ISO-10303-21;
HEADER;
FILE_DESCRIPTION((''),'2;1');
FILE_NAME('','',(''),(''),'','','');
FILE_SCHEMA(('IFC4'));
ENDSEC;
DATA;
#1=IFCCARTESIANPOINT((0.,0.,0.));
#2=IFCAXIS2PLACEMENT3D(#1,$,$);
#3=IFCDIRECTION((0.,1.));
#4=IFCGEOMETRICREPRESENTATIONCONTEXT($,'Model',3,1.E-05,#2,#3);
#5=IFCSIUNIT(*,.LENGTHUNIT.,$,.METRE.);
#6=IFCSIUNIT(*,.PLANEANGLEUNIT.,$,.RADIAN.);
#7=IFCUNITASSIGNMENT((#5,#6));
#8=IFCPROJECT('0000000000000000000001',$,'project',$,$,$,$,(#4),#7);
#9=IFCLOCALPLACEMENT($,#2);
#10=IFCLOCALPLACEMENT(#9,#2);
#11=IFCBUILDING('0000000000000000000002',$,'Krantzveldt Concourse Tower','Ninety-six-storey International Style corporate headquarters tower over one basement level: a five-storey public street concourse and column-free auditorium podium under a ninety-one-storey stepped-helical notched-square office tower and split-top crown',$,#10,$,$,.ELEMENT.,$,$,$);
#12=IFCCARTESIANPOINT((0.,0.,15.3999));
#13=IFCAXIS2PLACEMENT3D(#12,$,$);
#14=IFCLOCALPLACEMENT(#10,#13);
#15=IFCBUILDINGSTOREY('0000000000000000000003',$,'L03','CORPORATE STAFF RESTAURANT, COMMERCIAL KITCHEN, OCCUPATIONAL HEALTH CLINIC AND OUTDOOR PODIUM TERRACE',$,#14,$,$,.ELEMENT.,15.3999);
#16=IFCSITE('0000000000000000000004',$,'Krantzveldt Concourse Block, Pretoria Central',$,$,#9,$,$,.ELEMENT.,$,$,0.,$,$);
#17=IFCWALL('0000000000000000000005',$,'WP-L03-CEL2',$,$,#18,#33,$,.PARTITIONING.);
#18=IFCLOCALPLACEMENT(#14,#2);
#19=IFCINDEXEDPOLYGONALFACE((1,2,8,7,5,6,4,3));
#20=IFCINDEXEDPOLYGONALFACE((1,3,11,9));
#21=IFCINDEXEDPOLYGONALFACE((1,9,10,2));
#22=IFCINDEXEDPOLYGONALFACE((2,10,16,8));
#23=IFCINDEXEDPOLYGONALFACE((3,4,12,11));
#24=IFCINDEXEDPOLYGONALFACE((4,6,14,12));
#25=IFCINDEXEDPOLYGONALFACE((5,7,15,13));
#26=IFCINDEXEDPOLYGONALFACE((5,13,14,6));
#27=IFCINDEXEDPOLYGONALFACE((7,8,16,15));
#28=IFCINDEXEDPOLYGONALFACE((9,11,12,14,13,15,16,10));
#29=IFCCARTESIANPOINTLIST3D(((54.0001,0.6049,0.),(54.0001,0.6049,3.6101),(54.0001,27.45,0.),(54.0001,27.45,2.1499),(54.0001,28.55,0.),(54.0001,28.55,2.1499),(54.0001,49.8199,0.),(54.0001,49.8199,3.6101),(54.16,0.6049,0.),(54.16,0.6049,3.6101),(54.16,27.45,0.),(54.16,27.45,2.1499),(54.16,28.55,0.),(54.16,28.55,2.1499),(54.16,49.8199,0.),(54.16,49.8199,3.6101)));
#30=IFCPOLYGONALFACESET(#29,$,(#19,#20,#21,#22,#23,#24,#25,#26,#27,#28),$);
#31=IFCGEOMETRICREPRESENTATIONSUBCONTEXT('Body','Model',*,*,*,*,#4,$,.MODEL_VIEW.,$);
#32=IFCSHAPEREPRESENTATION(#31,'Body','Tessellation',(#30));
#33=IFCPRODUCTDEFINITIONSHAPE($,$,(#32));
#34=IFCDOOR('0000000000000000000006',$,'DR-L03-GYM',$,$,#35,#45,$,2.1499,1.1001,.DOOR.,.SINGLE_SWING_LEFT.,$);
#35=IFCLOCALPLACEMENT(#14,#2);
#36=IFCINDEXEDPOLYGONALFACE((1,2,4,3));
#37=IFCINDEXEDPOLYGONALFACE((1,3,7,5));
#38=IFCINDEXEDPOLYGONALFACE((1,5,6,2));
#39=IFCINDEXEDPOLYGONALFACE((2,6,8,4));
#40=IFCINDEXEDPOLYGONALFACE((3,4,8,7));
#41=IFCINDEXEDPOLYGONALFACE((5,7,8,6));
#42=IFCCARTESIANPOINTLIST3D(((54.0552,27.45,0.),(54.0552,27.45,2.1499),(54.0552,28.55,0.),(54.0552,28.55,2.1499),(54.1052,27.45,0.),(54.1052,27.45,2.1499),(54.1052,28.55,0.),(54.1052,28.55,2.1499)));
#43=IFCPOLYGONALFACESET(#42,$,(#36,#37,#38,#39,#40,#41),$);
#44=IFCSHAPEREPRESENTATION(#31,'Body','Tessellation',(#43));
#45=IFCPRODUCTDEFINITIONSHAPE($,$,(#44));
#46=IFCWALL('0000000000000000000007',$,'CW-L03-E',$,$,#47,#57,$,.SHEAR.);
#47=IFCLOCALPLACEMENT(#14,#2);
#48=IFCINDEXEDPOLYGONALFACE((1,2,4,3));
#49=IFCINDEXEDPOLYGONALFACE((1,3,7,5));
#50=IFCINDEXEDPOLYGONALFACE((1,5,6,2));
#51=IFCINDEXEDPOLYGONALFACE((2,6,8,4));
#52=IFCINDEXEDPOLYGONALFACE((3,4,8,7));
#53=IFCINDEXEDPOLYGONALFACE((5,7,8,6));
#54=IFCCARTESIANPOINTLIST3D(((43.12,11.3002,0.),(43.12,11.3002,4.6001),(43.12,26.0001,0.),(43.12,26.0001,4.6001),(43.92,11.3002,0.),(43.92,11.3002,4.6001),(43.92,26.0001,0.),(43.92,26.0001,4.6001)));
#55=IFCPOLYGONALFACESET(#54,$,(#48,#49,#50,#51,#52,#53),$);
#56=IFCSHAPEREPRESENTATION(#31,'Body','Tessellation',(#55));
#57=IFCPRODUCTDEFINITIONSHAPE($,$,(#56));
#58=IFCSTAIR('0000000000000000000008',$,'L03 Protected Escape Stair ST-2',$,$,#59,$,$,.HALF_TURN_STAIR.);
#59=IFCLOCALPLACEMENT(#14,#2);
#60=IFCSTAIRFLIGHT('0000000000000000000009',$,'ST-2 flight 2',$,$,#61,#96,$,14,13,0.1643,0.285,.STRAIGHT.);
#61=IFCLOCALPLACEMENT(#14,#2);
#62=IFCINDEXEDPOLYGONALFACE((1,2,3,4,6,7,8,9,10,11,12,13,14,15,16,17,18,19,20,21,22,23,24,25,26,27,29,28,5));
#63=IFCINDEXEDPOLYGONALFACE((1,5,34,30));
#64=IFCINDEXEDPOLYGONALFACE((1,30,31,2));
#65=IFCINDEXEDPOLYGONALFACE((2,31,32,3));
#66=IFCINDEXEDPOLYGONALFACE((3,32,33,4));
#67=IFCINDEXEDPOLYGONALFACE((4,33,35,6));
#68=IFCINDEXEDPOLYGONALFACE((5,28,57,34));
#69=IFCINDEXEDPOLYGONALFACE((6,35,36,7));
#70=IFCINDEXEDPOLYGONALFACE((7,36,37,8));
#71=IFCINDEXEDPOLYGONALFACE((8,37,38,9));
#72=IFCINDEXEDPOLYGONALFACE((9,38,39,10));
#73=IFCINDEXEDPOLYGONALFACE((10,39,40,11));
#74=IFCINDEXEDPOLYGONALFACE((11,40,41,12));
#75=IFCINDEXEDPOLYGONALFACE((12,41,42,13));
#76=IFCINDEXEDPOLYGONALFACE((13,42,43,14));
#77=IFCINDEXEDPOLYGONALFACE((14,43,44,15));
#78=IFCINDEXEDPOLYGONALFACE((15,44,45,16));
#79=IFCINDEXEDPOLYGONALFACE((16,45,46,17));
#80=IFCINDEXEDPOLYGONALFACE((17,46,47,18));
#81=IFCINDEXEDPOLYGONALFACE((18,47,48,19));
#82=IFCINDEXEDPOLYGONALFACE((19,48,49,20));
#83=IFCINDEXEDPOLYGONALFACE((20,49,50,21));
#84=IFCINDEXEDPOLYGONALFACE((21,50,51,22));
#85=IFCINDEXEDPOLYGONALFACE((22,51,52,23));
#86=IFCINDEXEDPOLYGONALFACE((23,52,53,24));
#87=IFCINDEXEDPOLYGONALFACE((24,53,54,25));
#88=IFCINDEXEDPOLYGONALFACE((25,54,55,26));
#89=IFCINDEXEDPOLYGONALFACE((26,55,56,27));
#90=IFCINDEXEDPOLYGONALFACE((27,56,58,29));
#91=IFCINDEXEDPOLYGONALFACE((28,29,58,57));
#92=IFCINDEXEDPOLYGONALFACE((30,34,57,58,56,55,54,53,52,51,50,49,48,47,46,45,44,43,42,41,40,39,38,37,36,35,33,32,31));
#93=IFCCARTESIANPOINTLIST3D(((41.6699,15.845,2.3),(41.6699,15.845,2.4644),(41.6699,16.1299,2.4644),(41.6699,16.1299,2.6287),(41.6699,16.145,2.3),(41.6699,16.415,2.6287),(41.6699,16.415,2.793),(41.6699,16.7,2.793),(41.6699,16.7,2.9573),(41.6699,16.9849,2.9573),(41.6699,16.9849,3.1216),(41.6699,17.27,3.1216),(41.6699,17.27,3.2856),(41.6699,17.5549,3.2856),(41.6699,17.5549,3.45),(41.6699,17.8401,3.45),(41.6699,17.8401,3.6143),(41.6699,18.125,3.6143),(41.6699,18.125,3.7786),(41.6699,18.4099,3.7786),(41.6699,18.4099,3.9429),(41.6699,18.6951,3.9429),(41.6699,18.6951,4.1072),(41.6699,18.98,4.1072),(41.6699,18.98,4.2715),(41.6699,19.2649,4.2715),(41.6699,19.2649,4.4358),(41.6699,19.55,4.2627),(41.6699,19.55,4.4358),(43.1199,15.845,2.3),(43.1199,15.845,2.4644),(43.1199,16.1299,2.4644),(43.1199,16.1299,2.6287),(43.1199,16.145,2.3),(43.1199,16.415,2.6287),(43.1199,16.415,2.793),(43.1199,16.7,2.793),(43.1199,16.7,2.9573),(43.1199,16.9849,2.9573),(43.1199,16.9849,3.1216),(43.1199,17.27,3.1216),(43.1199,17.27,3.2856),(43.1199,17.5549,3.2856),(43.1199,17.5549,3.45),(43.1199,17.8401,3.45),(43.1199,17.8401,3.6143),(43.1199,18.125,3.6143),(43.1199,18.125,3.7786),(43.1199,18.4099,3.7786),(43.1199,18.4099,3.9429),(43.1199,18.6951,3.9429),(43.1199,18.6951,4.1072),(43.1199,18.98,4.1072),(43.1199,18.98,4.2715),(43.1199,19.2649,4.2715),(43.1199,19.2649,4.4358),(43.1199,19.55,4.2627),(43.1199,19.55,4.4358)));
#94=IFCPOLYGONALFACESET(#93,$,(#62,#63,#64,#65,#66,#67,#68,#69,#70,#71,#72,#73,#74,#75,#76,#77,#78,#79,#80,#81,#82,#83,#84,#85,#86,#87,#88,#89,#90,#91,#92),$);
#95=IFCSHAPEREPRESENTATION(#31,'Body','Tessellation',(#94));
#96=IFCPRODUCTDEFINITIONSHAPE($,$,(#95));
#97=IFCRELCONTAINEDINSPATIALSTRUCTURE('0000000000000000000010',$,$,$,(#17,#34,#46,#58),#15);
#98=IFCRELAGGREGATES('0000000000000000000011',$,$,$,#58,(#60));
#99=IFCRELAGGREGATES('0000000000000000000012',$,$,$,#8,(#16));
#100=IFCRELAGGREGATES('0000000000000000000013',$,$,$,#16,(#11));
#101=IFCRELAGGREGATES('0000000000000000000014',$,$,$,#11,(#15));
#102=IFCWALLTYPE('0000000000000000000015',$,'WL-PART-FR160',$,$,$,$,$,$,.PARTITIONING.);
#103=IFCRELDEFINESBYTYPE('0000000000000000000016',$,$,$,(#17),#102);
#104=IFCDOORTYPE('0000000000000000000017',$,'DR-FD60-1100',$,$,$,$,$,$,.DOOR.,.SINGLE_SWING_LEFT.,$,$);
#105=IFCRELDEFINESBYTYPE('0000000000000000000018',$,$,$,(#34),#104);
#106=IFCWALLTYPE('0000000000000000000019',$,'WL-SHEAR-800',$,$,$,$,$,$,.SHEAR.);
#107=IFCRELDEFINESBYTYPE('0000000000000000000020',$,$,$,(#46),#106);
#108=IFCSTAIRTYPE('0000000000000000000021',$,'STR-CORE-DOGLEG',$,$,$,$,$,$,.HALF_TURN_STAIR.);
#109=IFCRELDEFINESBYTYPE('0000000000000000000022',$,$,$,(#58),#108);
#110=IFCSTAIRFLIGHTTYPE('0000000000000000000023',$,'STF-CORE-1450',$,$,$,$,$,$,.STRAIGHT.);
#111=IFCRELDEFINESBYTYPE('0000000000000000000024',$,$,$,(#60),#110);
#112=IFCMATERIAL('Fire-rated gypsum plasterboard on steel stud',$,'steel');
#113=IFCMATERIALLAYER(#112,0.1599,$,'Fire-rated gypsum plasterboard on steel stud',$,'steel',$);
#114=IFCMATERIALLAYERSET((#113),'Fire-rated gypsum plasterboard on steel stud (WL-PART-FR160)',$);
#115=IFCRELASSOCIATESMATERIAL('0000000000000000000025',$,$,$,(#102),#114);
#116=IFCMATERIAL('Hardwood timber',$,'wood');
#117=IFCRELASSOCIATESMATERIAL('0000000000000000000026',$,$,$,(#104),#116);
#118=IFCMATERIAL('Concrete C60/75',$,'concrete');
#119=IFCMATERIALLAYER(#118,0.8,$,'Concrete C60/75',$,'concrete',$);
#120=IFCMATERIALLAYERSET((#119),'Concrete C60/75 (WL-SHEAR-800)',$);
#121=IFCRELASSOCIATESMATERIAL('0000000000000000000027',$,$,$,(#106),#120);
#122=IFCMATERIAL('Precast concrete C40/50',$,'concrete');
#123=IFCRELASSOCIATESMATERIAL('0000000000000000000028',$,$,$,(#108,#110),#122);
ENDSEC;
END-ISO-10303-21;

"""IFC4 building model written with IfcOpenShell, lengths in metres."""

from ifc_helpers import new_model, si_unit, direction, frame, frame_2d, origin, place, context, subcontext, project, spatial, polyline, rectangle, outline, extrude, material, layer, layer_set, type_object, element, fill, aggregate, save


model = new_model("IFC4")

# Units and contexts
model_context = context("Model", 3, precision=1e-05, world=origin(), true_north=direction((0.0, 1.0)))
body_context = subcontext(model_context, "Body", "Model", "MODEL_VIEW")
ifc_project = project(units=[si_unit("LENGTHUNIT", "METRE"), si_unit("PLANEANGLEUNIT", "RADIAN")], contexts=[model_context])

# Site, building, storey
site_placement = place(None, origin())
site = spatial("IfcSite", under=ifc_project, at=site_placement, Name="Krantzveldt Concourse Block, Pretoria Central", CompositionType="ELEMENT", RefElevation=0.0)
building_placement = place(site_placement, origin())
building = spatial("IfcBuilding", under=site, at=building_placement, Name="Krantzveldt Concourse Tower", Description="Ninety-six-storey International Style corporate headquarters tower over one basement level: a five-storey public street concourse and column-free auditorium podium under a ninety-one-storey stepped-helical notched-square office tower and split-top crown", CompositionType="ELEMENT")
storey_placement = place(building_placement, frame((0.0, 0.0, 15.3999)))
storey = spatial("IfcBuildingStorey", under=building, at=storey_placement, Name="L03", Description="CORPORATE STAFF RESTAURANT, COMMERCIAL KITCHEN, OCCUPATIONAL HEALTH CLINIC AND OUTDOOR PODIUM TERRACE", CompositionType="ELEMENT", Elevation=15.3999)

# Shared definitions
ifc_material_1 = material(Name="Concrete C60/75", Category="concrete")

# Wall, opening, door
ifc_material_2 = material(Name="Fire-rated gypsum plasterboard on steel stud", Category="steel")
ifc_layer_1 = layer(ifc_material_2, 0.1599, Name="Fire-rated gypsum plasterboard on steel stud", Category="steel")
ifc_layer_set_1 = layer_set([ifc_layer_1], Name="Fire-rated gypsum plasterboard on steel stud (WL-PART-FR160)")
wall_type_1 = type_object("IfcWallType", Name="WL-PART-FR160", PredefinedType="PARTITIONING", material=ifc_layer_set_1)
wall_1_placement = place(storey_placement, frame((54.0801, 0.605, 0.0), z_axis=(0.0, 0.0, 1.0), x_axis=(0.0, 1.0, 0.0)))
wall_1 = element("IfcWall", 1, at=wall_1_placement, inside=storey, type_object=wall_type_1, Name="WP-L03-CEL2", PredefinedType="PARTITIONING", context=body_context, shape_type="SweptSolid", body=[
    extrude(rectangle(XDim=49.2151, YDim=0.1599, at=frame_2d((24.6074, 0.0))), origin(), (0.0, 0.0, 1.0), 3.6101),
])
opening_1_placement = place(wall_1_placement, frame((26.845, 0.0, 0.0)))
opening_1 = element("IfcOpeningElement", 2, at=opening_1_placement, cuts=wall_1, PredefinedType="OPENING", context=body_context, shape_type="SweptSolid", body=[
    extrude(rectangle(XDim=1.1001, YDim=2.1499, at=frame_2d((0.55, 1.075))), frame((0.0, 0.0898, 0.0), z_axis=(0.0, -1.0, 0.0), x_axis=(1.0, 0.0, 0.0)), (0.0, 0.0, 1.0), 0.1799),
])
ifc_material_3 = material(Name="Hardwood timber", Category="wood")
door_type = type_object("IfcDoorType", Name="DR-FD60-1100", OperationType="SINGLE_SWING_LEFT", PredefinedType="DOOR", material=ifc_material_3)
door_placement = place(opening_1_placement, origin())
door = element("IfcDoor", 3, at=door_placement, inside=storey, type_object=door_type, Name="DR-L03-GYM", OperationType="SINGLE_SWING_LEFT", OverallHeight=2.1499, OverallWidth=1.1001, PredefinedType="DOOR", context=body_context, shape_type="SweptSolid", body=[
    extrude(rectangle(XDim=1.1001, YDim=2.1499, at=frame_2d((0.55, 1.075))), frame((0.0, 0.0249, 0.0), z_axis=(0.0, -1.0, 0.0), x_axis=(1.0, 0.0, 0.0)), (0.0, 0.0, 1.0), 0.05),
])
fill(opening_1, door)

# Wall
ifc_layer_2 = layer(ifc_material_1, 0.8, Name="Concrete C60/75", Category="concrete")
ifc_layer_set_2 = layer_set([ifc_layer_2], Name="Concrete C60/75 (WL-SHEAR-800)")
wall_type_2 = type_object("IfcWallType", Name="WL-SHEAR-800", PredefinedType="SHEAR", material=ifc_layer_set_2)
wall_2_placement = place(storey_placement, frame((43.52, 11.3, 0.0), z_axis=(0.0, 0.0, 1.0), x_axis=(0.0, 1.0, 0.0)))
element("IfcWall", 4, at=wall_2_placement, inside=storey, type_object=wall_type_2, Name="CW-L03-E", PredefinedType="SHEAR", context=body_context, shape_type="SweptSolid", body=[
    extrude(rectangle(XDim=14.7, YDim=0.8, at=frame_2d((7.3501, 0.0))), origin(), (0.0, 0.0, 1.0), 4.6001),
])

# Stair, stair flight
ifc_material_4 = material(Name="Precast concrete C40/50", Category="concrete")
stair_type = type_object("IfcStairType", Name="STR-CORE-DOGLEG", PredefinedType="HALF_TURN_STAIR", material=ifc_material_4)
stair_placement = place(storey_placement, origin())
stair = element("IfcStair", 5, at=stair_placement, inside=storey, type_object=stair_type, Name="L03 Protected Escape Stair ST-2", PredefinedType="HALF_TURN_STAIR")
stair_flight_type = type_object("IfcStairFlightType", Name="STF-CORE-1450", PredefinedType="STRAIGHT", material=ifc_material_4)
stair_flight_placement = place(storey_placement, frame((42.395, 15.845, 2.3), z_axis=(0.0, 0.0, 1.0), x_axis=(0.0, 1.0, 0.0)))
stair_flight = element("IfcStairFlight", 6, at=stair_flight_placement, type_object=stair_flight_type, Name="ST-2 flight 2", NumberOfRisers=14, NumberOfTreads=13, PredefinedType="STRAIGHT", RiserHeight=0.1643, TreadLength=0.285, context=body_context, shape_type="SweptSolid", body=[
    extrude(outline(polyline([(0.0, 0.0), (0.0, 0.1643), (0.2849, 0.1643), (0.2849, 0.3286), (0.5701, 0.3286), (0.5701, 0.4929), (0.855, 0.4929), (0.855, 0.6572), (1.1399, 0.6572), (1.1399, 0.8215), (1.425, 0.8215), (1.425, 0.9856), (1.71, 0.9856), (1.71, 1.1499), (1.9951, 1.1499), (1.9951, 1.3142), (2.28, 1.3142), (2.28, 1.4785), (2.5649, 1.4785), (2.5649, 1.6428), (2.8501, 1.6428), (2.8501, 1.8071), (3.135, 1.8071), (3.135, 1.9714), (3.4199, 1.9714), (3.4199, 2.1357), (3.7051, 2.1357), (3.7051, 2.3), (3.7051, 1.9626), (0.3, 0.0), (0.0, 0.0)])), frame((0.0, 0.7251, 0.0), z_axis=(0.0, -1.0, 0.0), x_axis=(1.0, 0.0, 0.0)), (0.0, 0.0, 1.0), 1.45),
])
aggregate(stair, [stair_flight])

save(model, "model.ifc")
